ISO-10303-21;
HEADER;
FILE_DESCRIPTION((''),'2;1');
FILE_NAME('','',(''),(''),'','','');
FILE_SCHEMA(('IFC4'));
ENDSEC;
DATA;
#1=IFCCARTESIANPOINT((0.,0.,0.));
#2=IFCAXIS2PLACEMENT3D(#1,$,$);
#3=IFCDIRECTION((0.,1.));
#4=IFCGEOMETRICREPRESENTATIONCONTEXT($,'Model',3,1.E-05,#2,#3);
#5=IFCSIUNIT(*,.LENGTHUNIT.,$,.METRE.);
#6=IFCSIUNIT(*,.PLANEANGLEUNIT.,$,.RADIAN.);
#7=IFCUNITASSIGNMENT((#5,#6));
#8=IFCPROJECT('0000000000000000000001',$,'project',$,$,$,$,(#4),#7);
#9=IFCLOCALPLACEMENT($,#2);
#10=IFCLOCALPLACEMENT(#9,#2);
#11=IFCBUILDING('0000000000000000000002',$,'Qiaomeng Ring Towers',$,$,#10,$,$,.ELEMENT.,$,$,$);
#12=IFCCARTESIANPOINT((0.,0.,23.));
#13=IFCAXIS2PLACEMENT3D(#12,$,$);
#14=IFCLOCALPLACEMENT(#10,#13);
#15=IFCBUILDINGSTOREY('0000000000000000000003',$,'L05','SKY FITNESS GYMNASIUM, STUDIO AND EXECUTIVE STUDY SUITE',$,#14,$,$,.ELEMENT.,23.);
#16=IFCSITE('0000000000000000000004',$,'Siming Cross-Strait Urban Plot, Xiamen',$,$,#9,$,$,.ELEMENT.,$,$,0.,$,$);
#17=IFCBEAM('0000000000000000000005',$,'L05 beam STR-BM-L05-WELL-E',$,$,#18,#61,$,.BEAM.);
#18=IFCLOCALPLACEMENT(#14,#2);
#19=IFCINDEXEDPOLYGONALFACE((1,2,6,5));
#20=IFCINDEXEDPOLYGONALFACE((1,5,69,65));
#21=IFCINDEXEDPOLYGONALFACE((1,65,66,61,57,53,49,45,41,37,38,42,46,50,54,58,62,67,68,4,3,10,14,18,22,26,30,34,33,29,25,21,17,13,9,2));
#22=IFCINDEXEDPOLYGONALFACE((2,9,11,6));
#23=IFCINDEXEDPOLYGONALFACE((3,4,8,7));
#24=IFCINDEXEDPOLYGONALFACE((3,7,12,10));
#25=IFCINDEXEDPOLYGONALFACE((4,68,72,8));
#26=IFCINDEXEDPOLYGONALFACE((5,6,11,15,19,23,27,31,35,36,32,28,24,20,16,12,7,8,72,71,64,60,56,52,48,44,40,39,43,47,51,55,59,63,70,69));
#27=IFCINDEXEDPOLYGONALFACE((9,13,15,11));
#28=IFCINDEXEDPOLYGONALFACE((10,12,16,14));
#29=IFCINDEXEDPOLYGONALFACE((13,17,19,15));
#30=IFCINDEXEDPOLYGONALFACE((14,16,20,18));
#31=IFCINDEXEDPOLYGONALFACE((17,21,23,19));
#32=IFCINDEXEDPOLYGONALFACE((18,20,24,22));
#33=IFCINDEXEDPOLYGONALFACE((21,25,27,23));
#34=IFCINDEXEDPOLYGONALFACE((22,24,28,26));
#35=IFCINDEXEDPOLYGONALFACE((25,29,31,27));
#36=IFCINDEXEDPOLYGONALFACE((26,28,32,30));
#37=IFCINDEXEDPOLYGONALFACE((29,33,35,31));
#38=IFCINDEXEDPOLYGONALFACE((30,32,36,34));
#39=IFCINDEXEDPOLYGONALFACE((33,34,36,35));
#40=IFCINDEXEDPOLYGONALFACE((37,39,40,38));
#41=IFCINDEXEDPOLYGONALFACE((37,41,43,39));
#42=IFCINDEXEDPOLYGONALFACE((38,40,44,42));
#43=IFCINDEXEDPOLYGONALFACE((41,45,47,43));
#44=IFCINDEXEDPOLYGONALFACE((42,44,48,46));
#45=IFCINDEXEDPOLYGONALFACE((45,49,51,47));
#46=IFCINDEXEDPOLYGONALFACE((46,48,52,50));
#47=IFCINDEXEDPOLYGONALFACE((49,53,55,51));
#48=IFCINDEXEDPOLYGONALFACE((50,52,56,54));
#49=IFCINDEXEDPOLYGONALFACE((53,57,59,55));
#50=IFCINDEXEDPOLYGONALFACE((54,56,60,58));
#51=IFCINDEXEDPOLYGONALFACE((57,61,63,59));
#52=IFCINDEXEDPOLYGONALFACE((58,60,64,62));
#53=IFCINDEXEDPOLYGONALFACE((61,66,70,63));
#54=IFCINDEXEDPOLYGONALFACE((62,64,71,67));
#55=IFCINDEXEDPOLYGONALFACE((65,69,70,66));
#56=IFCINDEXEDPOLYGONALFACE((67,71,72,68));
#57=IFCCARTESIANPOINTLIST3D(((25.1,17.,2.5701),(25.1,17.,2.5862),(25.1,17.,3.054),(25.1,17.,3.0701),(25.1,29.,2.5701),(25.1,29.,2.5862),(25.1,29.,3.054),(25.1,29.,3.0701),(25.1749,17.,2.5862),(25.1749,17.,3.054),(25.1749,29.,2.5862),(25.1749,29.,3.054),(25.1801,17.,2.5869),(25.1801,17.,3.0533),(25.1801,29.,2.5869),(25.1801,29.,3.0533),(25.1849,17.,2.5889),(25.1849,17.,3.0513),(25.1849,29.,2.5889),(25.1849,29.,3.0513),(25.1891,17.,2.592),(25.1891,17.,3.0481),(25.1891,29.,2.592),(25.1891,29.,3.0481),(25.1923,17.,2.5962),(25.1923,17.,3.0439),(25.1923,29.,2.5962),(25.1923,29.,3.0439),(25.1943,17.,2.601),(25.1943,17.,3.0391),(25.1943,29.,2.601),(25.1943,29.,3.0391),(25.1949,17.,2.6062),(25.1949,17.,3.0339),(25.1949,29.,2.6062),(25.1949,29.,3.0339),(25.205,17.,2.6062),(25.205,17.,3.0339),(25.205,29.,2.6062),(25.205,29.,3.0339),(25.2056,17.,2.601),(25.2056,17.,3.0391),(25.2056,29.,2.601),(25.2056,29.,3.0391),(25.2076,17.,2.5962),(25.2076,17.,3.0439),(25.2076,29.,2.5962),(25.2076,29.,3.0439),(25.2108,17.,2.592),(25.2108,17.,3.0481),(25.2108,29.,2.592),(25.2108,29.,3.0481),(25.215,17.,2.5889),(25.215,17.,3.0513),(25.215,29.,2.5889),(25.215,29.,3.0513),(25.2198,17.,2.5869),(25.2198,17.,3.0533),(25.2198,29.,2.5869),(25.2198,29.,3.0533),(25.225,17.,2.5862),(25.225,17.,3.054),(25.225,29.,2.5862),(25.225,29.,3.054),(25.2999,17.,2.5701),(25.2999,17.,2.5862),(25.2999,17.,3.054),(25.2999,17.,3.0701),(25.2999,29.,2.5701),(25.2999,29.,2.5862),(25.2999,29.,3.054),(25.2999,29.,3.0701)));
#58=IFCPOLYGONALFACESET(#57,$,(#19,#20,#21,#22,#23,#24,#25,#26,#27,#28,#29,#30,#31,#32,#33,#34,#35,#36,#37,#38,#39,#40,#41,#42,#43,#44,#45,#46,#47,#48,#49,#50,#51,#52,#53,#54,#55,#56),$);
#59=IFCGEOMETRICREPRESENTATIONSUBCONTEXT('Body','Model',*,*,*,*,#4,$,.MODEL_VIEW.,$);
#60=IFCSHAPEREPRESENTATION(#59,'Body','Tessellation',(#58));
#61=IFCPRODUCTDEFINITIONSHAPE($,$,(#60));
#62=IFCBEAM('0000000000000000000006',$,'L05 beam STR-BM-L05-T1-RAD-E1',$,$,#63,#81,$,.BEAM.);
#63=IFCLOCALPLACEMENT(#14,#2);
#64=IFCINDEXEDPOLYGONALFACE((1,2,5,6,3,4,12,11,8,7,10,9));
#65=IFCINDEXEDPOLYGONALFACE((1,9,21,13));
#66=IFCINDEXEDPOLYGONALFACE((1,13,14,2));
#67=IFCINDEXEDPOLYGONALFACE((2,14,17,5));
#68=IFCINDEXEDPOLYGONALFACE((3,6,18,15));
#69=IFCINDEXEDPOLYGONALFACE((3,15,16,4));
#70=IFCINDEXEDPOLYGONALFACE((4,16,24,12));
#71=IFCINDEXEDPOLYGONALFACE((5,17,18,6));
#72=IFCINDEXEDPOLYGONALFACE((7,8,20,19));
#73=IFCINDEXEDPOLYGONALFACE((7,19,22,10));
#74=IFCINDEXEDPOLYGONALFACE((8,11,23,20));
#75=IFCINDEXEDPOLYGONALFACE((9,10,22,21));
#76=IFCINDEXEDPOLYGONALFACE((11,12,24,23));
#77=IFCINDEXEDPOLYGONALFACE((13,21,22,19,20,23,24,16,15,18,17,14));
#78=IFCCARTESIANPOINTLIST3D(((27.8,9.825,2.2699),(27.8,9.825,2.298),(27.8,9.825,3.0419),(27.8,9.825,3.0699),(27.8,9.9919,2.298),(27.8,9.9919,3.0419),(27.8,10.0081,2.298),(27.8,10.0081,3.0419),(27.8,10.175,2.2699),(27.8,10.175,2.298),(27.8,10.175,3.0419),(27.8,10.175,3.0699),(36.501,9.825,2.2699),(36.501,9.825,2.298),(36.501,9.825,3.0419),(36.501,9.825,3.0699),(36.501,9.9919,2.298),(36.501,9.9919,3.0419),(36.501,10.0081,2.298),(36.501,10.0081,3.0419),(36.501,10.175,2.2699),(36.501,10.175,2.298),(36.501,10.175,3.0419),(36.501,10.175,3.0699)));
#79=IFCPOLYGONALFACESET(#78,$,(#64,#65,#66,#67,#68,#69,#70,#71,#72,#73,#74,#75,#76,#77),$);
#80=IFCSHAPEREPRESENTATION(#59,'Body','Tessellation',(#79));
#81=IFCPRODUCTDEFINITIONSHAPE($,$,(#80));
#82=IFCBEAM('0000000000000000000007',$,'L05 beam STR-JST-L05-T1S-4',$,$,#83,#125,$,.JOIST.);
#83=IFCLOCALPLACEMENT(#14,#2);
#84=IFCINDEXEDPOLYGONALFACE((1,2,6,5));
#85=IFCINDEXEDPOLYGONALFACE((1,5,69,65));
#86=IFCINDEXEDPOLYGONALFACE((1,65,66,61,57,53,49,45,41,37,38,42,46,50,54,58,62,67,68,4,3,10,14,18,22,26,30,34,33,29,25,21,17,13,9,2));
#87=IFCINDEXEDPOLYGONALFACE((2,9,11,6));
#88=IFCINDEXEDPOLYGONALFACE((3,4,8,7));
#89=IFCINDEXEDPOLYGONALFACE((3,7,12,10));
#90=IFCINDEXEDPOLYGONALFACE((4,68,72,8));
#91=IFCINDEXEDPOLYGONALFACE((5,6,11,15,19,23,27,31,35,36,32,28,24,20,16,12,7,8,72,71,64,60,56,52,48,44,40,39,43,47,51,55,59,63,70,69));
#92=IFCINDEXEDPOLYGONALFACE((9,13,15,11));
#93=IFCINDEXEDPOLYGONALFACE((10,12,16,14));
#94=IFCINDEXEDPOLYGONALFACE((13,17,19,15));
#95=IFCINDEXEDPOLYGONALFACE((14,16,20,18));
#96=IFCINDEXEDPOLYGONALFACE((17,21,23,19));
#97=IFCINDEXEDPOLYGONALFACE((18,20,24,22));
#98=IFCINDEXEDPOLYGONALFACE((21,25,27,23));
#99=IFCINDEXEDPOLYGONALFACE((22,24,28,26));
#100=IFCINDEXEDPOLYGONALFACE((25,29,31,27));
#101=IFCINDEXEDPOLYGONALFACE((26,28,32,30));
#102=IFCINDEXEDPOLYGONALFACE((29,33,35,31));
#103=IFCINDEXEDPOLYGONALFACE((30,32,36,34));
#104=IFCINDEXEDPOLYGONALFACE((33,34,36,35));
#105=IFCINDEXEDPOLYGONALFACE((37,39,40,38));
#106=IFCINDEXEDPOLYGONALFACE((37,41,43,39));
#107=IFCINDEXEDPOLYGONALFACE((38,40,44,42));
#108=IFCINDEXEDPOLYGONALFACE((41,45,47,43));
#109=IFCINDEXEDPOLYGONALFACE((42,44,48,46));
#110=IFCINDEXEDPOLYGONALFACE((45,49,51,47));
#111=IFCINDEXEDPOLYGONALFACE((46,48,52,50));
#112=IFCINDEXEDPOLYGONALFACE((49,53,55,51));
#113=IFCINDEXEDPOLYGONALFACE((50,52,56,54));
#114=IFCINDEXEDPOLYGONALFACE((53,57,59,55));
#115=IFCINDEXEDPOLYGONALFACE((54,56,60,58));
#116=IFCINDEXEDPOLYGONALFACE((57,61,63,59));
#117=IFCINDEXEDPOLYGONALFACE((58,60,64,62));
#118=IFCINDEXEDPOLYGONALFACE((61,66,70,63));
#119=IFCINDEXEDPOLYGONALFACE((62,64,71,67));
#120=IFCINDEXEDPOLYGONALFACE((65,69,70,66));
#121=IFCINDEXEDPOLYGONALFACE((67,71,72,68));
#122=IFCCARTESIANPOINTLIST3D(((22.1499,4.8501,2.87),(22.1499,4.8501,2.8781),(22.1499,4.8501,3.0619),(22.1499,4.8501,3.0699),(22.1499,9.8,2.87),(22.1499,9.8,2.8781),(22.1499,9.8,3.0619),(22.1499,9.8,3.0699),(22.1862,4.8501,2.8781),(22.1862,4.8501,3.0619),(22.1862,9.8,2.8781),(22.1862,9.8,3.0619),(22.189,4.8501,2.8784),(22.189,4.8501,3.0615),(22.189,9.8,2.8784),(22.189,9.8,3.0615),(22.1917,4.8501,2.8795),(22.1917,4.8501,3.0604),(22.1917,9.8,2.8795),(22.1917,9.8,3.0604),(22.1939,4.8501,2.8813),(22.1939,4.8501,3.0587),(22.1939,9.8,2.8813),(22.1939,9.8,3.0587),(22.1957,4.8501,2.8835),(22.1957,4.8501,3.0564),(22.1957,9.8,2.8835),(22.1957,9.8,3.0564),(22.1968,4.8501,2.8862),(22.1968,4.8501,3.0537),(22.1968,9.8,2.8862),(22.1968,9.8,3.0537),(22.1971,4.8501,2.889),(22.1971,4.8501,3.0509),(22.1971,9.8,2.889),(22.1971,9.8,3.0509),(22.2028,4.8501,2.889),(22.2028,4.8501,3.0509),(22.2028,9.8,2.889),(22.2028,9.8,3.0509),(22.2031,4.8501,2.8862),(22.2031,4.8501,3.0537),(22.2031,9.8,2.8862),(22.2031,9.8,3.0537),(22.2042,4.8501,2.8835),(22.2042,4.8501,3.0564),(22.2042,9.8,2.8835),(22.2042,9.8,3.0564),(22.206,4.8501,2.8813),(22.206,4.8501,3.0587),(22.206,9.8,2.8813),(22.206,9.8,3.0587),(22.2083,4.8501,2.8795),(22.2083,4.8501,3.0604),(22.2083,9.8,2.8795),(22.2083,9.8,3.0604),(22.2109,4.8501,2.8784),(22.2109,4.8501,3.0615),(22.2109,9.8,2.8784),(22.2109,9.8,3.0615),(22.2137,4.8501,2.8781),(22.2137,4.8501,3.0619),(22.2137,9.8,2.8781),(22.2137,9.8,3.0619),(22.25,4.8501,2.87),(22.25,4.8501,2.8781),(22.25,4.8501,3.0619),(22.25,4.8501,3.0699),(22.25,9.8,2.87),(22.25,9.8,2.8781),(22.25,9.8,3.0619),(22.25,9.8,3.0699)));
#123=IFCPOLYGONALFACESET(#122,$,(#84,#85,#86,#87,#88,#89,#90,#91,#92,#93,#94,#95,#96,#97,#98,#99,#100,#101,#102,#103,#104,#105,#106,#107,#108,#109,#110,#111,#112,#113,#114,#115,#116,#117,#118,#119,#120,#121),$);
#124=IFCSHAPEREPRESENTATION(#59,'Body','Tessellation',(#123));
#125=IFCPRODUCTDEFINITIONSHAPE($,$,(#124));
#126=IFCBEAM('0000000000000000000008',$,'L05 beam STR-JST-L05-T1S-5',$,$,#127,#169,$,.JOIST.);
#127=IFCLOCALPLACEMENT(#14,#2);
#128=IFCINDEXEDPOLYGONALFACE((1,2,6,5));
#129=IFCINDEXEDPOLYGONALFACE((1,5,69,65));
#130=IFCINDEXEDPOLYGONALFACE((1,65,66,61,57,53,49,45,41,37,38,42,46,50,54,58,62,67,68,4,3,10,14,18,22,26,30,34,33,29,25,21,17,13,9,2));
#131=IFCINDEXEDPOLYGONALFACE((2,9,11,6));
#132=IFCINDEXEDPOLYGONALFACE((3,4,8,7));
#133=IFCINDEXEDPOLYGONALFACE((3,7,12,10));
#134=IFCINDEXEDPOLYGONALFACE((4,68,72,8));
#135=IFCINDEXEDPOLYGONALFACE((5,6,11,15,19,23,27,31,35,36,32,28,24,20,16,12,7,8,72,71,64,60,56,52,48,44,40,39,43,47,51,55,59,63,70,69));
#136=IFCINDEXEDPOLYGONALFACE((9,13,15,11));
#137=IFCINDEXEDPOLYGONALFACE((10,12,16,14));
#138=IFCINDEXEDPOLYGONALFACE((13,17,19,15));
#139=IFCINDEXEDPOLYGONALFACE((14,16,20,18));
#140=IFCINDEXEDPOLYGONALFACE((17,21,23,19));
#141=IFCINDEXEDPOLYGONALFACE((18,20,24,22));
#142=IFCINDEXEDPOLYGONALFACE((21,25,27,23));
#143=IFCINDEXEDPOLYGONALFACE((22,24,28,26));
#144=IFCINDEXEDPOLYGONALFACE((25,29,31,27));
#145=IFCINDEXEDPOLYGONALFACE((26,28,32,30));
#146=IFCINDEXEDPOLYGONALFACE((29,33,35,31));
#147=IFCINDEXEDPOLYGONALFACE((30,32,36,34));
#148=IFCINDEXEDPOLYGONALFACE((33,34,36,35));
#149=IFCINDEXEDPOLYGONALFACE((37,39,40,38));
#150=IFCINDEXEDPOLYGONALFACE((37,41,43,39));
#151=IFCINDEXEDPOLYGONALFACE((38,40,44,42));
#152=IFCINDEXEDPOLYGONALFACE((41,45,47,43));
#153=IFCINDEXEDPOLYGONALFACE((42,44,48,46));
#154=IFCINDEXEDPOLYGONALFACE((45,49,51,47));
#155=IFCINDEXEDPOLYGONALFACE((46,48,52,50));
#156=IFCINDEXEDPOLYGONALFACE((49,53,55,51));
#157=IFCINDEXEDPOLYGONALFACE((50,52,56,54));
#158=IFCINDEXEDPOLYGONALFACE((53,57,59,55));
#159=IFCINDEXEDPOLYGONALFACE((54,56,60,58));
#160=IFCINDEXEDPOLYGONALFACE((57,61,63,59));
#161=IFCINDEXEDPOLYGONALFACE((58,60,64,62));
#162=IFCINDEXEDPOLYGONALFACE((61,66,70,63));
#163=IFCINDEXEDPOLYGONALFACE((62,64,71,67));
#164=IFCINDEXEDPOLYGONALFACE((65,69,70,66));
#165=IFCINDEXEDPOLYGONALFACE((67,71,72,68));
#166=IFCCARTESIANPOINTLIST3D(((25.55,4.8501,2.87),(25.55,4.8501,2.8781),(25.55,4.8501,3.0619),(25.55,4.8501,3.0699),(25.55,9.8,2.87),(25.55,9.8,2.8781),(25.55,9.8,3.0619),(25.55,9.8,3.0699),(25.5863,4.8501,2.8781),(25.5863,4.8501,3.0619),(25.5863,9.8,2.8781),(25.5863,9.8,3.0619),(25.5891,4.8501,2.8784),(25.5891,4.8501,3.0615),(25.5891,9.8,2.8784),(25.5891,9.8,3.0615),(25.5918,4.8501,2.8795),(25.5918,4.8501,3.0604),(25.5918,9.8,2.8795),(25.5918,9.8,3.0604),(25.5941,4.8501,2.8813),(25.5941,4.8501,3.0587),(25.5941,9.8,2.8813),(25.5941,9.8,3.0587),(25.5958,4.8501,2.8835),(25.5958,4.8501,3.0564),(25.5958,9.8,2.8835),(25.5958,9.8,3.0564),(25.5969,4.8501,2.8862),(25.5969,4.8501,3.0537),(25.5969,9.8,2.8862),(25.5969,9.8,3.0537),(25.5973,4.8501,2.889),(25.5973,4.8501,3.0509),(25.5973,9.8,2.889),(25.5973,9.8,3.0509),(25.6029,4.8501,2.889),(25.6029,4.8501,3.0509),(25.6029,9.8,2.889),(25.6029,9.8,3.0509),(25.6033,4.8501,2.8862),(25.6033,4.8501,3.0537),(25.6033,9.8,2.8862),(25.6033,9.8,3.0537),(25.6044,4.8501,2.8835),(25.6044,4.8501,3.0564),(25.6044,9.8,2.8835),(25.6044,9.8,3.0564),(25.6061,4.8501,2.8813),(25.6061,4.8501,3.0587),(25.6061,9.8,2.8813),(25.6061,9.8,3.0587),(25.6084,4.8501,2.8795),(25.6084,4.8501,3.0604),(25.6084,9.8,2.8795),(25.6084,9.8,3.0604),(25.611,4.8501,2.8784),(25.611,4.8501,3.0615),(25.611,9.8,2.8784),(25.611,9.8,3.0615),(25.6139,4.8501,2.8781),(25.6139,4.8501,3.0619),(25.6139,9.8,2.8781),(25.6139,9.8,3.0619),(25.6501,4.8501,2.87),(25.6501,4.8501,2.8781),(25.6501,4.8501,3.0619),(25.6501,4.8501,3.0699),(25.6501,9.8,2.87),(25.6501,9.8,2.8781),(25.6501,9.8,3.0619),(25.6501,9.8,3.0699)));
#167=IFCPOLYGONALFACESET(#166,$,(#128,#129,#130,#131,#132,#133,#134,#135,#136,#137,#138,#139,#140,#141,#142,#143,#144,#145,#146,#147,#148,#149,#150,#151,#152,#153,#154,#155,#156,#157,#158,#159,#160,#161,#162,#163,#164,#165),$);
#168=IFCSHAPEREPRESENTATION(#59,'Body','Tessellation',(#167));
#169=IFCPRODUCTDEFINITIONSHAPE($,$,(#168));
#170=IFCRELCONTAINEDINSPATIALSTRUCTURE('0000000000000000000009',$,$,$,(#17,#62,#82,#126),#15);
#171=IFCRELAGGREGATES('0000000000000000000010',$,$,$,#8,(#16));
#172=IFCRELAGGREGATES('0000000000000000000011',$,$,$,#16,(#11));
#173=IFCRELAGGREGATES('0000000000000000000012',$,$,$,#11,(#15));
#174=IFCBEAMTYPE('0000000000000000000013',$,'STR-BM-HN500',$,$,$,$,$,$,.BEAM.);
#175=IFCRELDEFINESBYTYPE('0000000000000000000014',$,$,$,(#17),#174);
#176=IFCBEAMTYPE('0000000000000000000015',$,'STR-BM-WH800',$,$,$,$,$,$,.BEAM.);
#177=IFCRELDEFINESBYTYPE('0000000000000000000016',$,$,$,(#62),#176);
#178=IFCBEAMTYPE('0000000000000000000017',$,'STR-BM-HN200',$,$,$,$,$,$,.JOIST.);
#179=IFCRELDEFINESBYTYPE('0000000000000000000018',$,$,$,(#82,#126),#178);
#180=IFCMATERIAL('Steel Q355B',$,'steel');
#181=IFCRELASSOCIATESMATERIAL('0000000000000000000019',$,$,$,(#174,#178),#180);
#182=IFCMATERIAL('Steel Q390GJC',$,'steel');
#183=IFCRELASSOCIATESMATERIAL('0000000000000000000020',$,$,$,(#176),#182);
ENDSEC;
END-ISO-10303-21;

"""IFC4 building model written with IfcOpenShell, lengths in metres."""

from ifc_helpers import new_model, si_unit, direction, frame, origin, origin_2d, place, context, subcontext, project, spatial, i_section, extrude, source, transform, mapped, material, material_profile, profile_set, type_object, element, save


model = new_model("IFC4")

# Units and contexts
model_context = context("Model", 3, precision=1e-05, world=origin(), true_north=direction((0.0, 1.0)))
body_context = subcontext(model_context, "Body", "Model", "MODEL_VIEW")
ifc_project = project(units=[si_unit("LENGTHUNIT", "METRE"), si_unit("PLANEANGLEUNIT", "RADIAN")], contexts=[model_context])

# Site, building, storey
site_placement = place(None, origin())
site = spatial("IfcSite", under=ifc_project, at=site_placement, Name="Siming Cross-Strait Urban Plot, Xiamen", CompositionType="ELEMENT", RefElevation=0.0)
building_placement = place(site_placement, origin())
building = spatial("IfcBuilding", under=site, at=building_placement, Name="Qiaomeng Ring Towers", CompositionType="ELEMENT")
storey_placement = place(building_placement, frame((0.0, 0.0, 23.0)))
storey = spatial("IfcBuildingStorey", under=building, at=storey_placement, Name="L05", Description="SKY FITNESS GYMNASIUM, STUDIO AND EXECUTIVE STUDY SUITE", CompositionType="ELEMENT", Elevation=23.0)

# Beams
ifc_material_1 = material(Name="Steel Q355B", Category="steel")
ifc_material_profile_1 = material_profile(ifc_material_1, i_section(OverallWidth=0.2, OverallDepth=0.5, WebThickness=0.01, FlangeThickness=0.0161, FilletRadius=0.02, at=origin_2d()), Name="HN 500x200x10x16")
ifc_profile_set_1 = profile_set([ifc_material_profile_1], Name="Steel Q355B")
beam_type_1 = type_object("IfcBeamType", Name="STR-BM-HN500", PredefinedType="BEAM", material=ifc_profile_set_1)
shared_shape_1 = source(origin(), body_context, "Body", "SweptSolid", [
    extrude(i_section(OverallWidth=0.2, OverallDepth=0.5, WebThickness=0.01, FlangeThickness=0.0161, FilletRadius=0.02, at=origin_2d()), origin(), (0.0, 0.0, 1.0), 12.0),
])
beam_1_placement = place(storey_placement, frame((25.2, 17.0, 2.8201), z_axis=(0.0, 1.0, 0.0), x_axis=(-1.0, 0.0, 0.0)))
element("IfcBeam", 1, at=beam_1_placement, inside=storey, type_object=beam_type_1, Name="L05 beam STR-BM-L05-WELL-E", PredefinedType="BEAM", context=body_context, shape_type="MappedRepresentation", body=[
    mapped(shared_shape_1, transform((0.0, 0.0, 0.0), x_axis=(1.0, 0.0, 0.0), y_axis=(0.0, 1.0, 0.0), z_axis=(0.0, 0.0, 1.0), scale=1.0)),
])
ifc_material_2 = material(Name="Steel Q390GJC", Category="steel")
ifc_material_profile_2 = material_profile(ifc_material_2, i_section(OverallWidth=0.3501, OverallDepth=0.8, WebThickness=0.0161, FlangeThickness=0.0281, at=origin_2d()), Name="WH 800x350x16x28")
ifc_profile_set_2 = profile_set([ifc_material_profile_2], Name="Steel Q390GJC")
beam_type_2 = type_object("IfcBeamType", Name="STR-BM-WH800", PredefinedType="BEAM", material=ifc_profile_set_2)
shared_shape_2 = source(origin(), body_context, "Body", "SweptSolid", [
    extrude(i_section(OverallWidth=0.3501, OverallDepth=0.8, WebThickness=0.0161, FlangeThickness=0.0281, at=origin_2d()), origin(), (0.0, 0.0, 1.0), 8.7009),
])
beam_2_placement = place(storey_placement, frame((27.8, 10.0, 2.6699), z_axis=(1.0, 0.0, 0.0), x_axis=(0.0, 1.0, 0.0)))
element("IfcBeam", 2, at=beam_2_placement, inside=storey, type_object=beam_type_2, Name="L05 beam STR-BM-L05-T1-RAD-E1", PredefinedType="BEAM", context=body_context, shape_type="MappedRepresentation", body=[
    mapped(shared_shape_2, transform((0.0, 0.0, 0.0), x_axis=(1.0, 0.0, 0.0), y_axis=(0.0, 1.0, 0.0), z_axis=(0.0, 0.0, 1.0), scale=1.0)),
])
ifc_material_profile_3 = material_profile(ifc_material_1, i_section(OverallWidth=0.1001, OverallDepth=0.2, WebThickness=0.0056, FlangeThickness=0.0081, FilletRadius=0.011, at=origin_2d()), Name="HN 200x100x5.5x8")
ifc_profile_set_3 = profile_set([ifc_material_profile_3], Name="Steel Q355B")
beam_type_3 = type_object("IfcBeamType", Name="STR-BM-HN200", PredefinedType="JOIST", material=ifc_profile_set_3)
shared_shape_3 = source(origin(), body_context, "Body", "SweptSolid", [
    extrude(i_section(OverallWidth=0.1001, OverallDepth=0.2, WebThickness=0.0056, FlangeThickness=0.0081, FilletRadius=0.011, at=origin_2d()), origin(), (0.0, 0.0, 1.0), 4.95),
])
for number, where, z_axis, x_axis, name in (
    (3, (22.2, 4.8501, 2.97), (0.0, 1.0, 0.0), (-1.0, 0.0, 0.0), "L05 beam STR-JST-L05-T1S-4"),
    (4, (25.6001, 4.8501, 2.97), (0.0, 1.0, 0.0), (-1.0, 0.0, 0.0), "L05 beam STR-JST-L05-T1S-5"),
):
    element("IfcBeam", number, at=place(storey_placement, frame(where, z_axis=z_axis, x_axis=x_axis)), inside=storey, type_object=beam_type_3, Name=name, PredefinedType="JOIST", context=body_context, shape_type="MappedRepresentation", body=[
        mapped(shared_shape_3, transform((0.0, 0.0, 0.0), x_axis=(1.0, 0.0, 0.0), y_axis=(0.0, 1.0, 0.0), z_axis=(0.0, 0.0, 1.0), scale=1.0)),
    ])

save(model, "model.ifc")
